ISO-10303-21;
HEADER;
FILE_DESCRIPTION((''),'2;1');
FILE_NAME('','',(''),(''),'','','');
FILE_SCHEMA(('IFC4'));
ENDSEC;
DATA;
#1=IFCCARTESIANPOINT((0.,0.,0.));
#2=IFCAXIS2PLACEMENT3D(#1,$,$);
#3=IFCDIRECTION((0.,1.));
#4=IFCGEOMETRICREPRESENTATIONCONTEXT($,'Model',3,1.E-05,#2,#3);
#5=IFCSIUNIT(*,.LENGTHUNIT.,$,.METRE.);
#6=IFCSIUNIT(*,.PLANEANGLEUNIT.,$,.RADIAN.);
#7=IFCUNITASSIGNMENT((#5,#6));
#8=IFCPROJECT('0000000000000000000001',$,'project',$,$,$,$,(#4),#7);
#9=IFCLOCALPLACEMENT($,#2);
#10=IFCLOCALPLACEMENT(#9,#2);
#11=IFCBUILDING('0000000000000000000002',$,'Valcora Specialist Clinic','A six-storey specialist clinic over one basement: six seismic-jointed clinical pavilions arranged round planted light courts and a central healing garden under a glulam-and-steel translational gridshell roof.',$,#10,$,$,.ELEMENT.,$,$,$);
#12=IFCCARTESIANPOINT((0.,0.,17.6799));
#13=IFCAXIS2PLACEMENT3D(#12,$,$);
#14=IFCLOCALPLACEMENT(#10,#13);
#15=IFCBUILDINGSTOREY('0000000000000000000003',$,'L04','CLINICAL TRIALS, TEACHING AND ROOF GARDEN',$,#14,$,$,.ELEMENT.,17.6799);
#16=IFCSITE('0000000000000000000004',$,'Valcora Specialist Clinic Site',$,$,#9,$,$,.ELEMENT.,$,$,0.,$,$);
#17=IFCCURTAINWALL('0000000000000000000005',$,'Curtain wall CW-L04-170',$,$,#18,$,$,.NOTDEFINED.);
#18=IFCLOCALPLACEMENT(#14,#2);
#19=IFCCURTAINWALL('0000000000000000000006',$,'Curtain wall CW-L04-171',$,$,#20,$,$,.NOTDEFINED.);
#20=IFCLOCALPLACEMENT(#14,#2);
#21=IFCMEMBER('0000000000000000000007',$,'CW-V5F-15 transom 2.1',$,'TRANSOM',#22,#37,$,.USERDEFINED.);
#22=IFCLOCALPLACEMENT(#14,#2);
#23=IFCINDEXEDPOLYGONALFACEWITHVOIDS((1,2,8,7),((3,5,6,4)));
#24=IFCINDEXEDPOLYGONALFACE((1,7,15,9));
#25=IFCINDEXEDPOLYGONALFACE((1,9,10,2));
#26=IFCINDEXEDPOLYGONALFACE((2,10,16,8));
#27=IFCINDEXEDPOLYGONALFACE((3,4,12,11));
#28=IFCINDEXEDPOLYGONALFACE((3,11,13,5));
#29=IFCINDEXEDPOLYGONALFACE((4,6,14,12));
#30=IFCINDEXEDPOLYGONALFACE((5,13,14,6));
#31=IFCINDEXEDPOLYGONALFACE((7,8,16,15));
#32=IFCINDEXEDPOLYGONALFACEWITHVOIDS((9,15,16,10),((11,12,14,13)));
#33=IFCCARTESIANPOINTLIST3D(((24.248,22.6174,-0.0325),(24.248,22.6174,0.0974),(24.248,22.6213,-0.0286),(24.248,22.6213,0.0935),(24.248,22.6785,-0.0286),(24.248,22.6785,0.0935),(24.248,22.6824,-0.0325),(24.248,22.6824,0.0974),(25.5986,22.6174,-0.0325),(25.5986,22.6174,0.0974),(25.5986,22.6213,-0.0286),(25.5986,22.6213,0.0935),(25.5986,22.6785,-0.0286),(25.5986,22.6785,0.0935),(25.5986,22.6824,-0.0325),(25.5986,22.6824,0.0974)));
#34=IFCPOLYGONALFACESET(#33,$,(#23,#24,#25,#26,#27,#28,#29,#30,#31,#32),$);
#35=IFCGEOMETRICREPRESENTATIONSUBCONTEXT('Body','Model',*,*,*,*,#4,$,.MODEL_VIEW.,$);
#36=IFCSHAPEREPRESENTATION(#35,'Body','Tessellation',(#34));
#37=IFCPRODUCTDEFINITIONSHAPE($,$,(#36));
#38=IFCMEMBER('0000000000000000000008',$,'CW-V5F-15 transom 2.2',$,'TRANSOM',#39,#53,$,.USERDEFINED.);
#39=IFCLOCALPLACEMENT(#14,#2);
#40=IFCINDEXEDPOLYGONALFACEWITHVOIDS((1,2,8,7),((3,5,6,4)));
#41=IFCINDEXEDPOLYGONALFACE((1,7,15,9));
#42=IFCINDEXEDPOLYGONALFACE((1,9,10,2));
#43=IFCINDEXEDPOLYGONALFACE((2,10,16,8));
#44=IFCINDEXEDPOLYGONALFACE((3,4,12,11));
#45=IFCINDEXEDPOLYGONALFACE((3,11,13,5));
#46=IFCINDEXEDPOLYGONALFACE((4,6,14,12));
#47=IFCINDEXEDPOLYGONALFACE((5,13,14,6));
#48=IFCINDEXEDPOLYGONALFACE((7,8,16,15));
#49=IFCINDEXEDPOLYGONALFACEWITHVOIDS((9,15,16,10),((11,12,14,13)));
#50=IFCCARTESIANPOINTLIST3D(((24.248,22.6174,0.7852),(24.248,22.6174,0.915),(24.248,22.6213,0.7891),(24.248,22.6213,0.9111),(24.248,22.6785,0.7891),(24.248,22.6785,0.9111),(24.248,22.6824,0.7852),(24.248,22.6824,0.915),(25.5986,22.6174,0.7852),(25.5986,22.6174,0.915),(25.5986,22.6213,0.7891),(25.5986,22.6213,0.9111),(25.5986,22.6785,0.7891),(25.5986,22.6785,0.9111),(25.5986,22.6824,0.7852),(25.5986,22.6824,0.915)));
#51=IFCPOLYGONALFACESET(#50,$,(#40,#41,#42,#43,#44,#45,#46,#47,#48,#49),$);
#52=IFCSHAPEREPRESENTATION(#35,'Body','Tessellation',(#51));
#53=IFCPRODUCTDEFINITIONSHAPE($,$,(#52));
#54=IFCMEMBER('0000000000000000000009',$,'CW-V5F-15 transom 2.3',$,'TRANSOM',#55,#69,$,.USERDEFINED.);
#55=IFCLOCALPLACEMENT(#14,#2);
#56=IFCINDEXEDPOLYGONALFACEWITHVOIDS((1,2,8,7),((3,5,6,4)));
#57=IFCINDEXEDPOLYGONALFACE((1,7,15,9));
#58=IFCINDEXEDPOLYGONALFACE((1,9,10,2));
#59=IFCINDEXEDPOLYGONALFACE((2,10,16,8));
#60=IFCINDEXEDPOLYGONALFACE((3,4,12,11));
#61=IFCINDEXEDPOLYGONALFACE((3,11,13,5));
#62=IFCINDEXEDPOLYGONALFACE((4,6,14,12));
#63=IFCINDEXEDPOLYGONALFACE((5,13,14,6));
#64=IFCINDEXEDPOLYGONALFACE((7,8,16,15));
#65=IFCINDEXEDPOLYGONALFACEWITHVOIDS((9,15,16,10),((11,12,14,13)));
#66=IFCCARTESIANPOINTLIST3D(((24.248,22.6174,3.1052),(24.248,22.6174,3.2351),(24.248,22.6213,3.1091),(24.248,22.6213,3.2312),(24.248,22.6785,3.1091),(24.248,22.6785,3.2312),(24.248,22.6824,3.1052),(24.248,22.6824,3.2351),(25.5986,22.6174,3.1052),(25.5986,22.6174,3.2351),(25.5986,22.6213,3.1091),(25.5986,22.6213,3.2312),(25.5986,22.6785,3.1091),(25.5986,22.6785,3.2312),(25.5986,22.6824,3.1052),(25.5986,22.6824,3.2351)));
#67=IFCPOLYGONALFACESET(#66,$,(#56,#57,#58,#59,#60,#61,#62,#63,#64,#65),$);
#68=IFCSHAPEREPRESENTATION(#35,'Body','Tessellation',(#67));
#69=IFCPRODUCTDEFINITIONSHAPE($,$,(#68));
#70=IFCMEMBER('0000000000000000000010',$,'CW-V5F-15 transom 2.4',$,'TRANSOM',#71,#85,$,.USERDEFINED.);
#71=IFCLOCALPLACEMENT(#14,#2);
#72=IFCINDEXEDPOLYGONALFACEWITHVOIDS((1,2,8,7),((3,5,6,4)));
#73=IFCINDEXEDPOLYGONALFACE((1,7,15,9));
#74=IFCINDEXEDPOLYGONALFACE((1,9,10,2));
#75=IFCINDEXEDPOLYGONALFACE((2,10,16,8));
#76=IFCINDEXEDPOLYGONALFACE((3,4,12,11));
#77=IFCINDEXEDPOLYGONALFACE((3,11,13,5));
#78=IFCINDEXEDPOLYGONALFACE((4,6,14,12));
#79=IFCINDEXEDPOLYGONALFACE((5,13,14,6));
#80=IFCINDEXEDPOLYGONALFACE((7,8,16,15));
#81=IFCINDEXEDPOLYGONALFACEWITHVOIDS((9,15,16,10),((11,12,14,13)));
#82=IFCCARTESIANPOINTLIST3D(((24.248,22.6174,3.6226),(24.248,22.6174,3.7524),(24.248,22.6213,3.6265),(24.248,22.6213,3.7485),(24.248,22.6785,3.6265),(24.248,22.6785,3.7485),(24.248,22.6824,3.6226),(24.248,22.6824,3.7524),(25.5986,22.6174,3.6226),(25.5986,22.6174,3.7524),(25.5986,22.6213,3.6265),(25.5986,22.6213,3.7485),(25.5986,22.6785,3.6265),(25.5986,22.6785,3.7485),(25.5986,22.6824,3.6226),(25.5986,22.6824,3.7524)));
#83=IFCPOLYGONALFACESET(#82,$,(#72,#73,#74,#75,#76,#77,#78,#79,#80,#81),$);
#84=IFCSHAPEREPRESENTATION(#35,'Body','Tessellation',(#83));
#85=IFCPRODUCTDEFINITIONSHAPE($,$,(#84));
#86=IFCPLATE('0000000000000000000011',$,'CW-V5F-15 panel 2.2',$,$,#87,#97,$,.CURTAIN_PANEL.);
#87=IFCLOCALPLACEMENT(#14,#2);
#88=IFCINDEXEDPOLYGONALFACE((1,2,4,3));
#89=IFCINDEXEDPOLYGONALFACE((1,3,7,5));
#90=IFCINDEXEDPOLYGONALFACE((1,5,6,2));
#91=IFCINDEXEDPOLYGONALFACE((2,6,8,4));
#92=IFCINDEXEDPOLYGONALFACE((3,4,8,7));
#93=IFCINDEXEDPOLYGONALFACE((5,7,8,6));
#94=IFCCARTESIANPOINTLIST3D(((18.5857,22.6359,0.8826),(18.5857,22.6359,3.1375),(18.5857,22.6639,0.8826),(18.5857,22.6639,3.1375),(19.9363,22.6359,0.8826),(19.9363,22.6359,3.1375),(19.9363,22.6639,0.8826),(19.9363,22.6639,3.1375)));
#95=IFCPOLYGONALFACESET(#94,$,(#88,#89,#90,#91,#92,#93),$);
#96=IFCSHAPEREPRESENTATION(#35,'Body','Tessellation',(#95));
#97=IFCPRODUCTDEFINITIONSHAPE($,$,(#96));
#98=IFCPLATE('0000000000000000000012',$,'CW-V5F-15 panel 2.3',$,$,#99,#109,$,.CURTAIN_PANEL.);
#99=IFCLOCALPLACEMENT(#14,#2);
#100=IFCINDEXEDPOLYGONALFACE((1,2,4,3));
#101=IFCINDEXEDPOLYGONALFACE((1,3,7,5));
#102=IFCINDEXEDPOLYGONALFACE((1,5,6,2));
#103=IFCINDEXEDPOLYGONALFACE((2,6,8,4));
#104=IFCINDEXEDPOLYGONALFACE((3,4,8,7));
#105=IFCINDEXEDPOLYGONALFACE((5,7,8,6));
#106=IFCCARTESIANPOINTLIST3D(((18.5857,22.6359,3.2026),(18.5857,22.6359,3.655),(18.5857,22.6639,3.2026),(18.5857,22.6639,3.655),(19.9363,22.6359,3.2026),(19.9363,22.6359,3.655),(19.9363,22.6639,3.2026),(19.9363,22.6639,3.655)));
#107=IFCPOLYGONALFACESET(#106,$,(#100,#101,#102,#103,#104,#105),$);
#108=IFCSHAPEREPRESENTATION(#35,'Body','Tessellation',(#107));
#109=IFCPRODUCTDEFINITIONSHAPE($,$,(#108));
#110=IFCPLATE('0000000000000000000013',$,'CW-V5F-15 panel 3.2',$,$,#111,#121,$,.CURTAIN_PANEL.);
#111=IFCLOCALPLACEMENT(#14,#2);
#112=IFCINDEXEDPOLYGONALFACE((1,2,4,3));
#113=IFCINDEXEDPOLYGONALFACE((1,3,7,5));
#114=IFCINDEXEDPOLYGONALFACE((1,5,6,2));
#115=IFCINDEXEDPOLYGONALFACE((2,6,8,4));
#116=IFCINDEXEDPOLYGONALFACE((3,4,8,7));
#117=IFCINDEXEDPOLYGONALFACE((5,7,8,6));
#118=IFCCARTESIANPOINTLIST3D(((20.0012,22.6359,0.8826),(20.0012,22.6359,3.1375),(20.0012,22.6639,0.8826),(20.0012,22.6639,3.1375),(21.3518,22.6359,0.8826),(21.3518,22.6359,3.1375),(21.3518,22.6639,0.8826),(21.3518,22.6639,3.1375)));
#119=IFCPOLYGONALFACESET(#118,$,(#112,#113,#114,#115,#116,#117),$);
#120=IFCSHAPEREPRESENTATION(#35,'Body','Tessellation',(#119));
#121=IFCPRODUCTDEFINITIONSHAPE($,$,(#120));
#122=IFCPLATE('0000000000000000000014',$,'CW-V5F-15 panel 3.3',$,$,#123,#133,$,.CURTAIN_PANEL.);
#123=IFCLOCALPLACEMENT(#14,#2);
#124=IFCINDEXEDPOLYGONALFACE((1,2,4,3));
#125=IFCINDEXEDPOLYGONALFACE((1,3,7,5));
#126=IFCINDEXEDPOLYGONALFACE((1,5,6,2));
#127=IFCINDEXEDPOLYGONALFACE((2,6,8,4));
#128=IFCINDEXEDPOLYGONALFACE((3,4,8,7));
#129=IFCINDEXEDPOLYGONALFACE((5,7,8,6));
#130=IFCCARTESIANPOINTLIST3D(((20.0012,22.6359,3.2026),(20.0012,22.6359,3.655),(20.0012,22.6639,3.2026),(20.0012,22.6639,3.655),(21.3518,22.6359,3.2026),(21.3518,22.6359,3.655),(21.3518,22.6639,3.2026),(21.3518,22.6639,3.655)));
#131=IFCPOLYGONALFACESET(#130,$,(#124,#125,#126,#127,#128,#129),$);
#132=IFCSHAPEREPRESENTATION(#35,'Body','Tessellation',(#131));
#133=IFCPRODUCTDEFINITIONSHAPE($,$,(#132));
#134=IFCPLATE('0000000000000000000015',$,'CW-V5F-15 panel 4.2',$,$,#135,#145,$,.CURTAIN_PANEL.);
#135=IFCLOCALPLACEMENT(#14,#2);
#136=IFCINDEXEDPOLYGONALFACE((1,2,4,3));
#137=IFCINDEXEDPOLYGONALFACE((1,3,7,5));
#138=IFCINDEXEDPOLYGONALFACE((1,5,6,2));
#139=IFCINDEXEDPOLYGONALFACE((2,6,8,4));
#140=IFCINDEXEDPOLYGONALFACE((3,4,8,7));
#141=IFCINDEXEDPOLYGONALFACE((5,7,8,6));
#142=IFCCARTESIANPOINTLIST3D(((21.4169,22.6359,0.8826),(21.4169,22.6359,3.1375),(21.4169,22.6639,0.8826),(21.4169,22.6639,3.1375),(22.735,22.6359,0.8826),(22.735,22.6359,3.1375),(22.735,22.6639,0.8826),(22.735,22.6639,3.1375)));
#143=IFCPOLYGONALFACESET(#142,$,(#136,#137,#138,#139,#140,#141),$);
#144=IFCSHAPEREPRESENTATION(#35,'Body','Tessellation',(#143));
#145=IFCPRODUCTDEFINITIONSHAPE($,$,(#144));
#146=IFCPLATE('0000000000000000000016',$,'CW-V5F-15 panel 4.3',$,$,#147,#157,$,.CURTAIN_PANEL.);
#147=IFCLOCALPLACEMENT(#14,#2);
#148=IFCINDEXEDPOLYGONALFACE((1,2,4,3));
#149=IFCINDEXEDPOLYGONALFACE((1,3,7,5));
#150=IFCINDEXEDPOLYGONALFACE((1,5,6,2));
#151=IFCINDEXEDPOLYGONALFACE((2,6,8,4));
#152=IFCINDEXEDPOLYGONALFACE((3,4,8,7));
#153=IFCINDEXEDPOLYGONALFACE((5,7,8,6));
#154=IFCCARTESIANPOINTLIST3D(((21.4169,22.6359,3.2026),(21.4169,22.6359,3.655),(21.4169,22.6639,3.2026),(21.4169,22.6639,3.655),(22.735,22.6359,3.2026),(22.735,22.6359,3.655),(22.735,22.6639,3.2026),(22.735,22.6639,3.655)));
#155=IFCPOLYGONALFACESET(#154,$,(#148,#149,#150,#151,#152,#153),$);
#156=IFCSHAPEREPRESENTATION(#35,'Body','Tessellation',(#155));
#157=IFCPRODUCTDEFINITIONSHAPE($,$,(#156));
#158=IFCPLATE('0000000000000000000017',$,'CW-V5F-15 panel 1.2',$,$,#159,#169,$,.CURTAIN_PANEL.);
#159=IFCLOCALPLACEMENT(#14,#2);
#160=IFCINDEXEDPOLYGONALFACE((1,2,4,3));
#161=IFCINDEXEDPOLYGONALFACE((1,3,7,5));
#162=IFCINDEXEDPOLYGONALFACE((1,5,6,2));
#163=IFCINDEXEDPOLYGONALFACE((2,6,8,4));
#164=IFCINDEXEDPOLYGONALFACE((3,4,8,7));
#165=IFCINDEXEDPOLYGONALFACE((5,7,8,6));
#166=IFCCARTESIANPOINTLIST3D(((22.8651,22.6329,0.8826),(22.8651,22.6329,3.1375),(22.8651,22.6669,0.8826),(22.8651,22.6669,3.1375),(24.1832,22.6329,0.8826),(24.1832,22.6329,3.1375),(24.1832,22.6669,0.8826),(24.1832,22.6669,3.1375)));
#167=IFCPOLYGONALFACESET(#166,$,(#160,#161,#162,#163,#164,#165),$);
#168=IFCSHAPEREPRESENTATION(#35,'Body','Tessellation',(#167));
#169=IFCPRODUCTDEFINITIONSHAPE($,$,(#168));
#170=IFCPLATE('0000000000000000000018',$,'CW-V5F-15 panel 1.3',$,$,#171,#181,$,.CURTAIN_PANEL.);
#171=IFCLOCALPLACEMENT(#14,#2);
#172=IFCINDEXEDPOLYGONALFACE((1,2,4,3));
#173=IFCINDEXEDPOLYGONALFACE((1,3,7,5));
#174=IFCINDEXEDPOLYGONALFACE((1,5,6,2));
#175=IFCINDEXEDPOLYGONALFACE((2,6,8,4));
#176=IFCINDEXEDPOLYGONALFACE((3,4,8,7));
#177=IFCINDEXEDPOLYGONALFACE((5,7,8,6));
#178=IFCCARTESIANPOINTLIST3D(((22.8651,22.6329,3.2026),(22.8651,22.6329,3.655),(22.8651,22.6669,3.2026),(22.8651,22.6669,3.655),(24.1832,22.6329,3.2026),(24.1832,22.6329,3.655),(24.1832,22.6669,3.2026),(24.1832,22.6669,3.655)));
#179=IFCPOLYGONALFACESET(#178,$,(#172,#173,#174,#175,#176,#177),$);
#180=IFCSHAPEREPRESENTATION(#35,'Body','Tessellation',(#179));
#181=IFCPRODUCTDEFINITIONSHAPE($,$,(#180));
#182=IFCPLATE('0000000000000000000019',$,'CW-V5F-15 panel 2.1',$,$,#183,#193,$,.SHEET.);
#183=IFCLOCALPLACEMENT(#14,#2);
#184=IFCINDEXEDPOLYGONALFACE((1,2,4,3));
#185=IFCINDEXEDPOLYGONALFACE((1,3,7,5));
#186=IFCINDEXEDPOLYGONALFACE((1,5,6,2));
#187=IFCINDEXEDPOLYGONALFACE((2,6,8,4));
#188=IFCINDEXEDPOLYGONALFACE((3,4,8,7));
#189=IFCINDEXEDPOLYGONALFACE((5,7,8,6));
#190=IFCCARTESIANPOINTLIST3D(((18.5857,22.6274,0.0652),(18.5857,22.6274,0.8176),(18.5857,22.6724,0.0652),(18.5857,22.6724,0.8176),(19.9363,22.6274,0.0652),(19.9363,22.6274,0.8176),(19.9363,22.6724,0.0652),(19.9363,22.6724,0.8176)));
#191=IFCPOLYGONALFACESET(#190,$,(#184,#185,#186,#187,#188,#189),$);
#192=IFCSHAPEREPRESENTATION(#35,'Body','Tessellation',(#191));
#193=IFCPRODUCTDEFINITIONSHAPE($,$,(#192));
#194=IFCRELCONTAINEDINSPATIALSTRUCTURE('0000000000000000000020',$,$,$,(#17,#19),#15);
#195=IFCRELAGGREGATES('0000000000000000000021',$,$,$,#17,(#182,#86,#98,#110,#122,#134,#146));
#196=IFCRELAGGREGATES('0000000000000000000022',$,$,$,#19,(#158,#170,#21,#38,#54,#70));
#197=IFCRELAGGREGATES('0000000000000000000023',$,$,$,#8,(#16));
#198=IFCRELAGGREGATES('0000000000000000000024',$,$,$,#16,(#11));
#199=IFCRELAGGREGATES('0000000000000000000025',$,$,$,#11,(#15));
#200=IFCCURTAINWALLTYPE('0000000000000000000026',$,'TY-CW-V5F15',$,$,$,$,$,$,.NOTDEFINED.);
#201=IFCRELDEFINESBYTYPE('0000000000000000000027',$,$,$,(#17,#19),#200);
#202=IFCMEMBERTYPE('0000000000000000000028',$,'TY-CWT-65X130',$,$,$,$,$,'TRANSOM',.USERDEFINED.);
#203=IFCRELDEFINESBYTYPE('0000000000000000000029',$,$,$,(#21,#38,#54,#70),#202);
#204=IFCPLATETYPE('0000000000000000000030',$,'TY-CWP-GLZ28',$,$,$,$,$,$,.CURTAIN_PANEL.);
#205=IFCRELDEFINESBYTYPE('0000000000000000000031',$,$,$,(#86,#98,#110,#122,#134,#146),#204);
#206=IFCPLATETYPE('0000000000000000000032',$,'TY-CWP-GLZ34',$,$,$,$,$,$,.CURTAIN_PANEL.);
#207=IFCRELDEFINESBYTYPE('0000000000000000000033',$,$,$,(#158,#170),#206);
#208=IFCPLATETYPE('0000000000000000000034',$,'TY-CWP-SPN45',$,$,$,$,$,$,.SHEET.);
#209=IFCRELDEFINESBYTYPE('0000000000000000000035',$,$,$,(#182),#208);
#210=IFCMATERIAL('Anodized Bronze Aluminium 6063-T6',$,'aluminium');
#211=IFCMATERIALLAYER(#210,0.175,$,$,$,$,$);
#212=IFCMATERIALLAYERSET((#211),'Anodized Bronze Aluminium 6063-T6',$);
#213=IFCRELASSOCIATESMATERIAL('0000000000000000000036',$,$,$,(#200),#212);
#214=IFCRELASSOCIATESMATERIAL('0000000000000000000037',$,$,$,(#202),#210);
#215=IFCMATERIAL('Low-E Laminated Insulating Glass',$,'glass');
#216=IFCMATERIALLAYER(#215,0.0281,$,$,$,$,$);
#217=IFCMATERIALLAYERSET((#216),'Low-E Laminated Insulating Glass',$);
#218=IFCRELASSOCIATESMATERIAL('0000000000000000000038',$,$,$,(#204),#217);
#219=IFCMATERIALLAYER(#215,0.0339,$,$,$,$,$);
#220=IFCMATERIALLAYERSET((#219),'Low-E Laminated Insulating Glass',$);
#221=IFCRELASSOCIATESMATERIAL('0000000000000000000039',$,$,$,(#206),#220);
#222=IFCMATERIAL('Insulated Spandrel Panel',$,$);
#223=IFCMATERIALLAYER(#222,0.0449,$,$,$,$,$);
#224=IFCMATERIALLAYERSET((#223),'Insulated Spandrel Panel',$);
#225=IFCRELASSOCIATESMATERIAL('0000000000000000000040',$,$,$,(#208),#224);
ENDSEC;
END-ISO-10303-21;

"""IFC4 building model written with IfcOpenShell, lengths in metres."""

from ifc_helpers import new_model, si_unit, direction, frame, origin, origin_2d, place, context, subcontext, project, spatial, rectangle, hollow_rectangle, extrude, material, layer, layer_set, material_profile, profile_set, type_object, element, aggregate, save


model = new_model("IFC4")

# Units and contexts
model_context = context("Model", 3, precision=1e-05, world=origin(), true_north=direction((0.0, 1.0)))
body_context = subcontext(model_context, "Body", "Model", "MODEL_VIEW")
ifc_project = project(units=[si_unit("LENGTHUNIT", "METRE"), si_unit("PLANEANGLEUNIT", "RADIAN")], contexts=[model_context])

# Site, building, storey
site_placement = place(None, origin())
site = spatial("IfcSite", under=ifc_project, at=site_placement, Name="Valcora Specialist Clinic Site", CompositionType="ELEMENT", RefElevation=0.0)
building_placement = place(site_placement, origin())
building = spatial("IfcBuilding", under=site, at=building_placement, Name="Valcora Specialist Clinic", Description="A six-storey specialist clinic over one basement: six seismic-jointed clinical pavilions arranged round planted light courts and a central healing garden under a glulam-and-steel translational gridshell roof.", CompositionType="ELEMENT")
storey_placement = place(building_placement, frame((0.0, 0.0, 17.6799)))
storey = spatial("IfcBuildingStorey", under=building, at=storey_placement, Name="L04", Description="CLINICAL TRIALS, TEACHING AND ROOF GARDEN", CompositionType="ELEMENT", Elevation=17.6799)

# Curtain walls
ifc_material_1 = material(Name="Anodized Bronze Aluminium 6063-T6", Category="aluminium")
ifc_layer_1 = layer(ifc_material_1, 0.175)
ifc_layer_set_1 = layer_set([ifc_layer_1], Name="Anodized Bronze Aluminium 6063-T6")
curtain_wall_type = type_object("IfcCurtainWallType", Name="TY-CW-V5F15", PredefinedType="NOTDEFINED", material=ifc_layer_set_1)
curtain_wall_1_placement = place(storey_placement, origin())
curtain_wall_1 = element("IfcCurtainWall", 1, at=curtain_wall_1_placement, inside=storey, type_object=curtain_wall_type, Name="Curtain wall CW-L04-170", PredefinedType="NOTDEFINED")
curtain_wall_2_placement = place(storey_placement, origin())
curtain_wall_2 = element("IfcCurtainWall", 2, at=curtain_wall_2_placement, inside=storey, type_object=curtain_wall_type, Name="Curtain wall CW-L04-171", PredefinedType="NOTDEFINED")

# Members
ifc_material_profile_1 = material_profile(ifc_material_1, hollow_rectangle(XDim=0.0649, YDim=0.1299, WallThickness=0.0039, at=origin_2d()), Name="AL-TRN-65X130")
ifc_profile_set_1 = profile_set([ifc_material_profile_1], Name="Anodized Bronze Aluminium 6063-T6")
member_type_1 = type_object("IfcMemberType", Name="TY-CWT-65X130", ElementType="TRANSOM", PredefinedType="USERDEFINED", material=ifc_profile_set_1)
member_1_placement = place(storey_placement, frame((24.248, 22.6499, 0.0325), z_axis=(1.0, 0.0, 0.0), x_axis=(0.0, 1.0, 0.0)))
member_1 = element("IfcMember", 3, at=member_1_placement, type_object=member_type_1, Name="CW-V5F-15 transom 2.1", ObjectType="TRANSOM", PredefinedType="USERDEFINED", context=body_context, shape_type="SweptSolid", body=[
    extrude(hollow_rectangle(XDim=0.0649, YDim=0.1299, WallThickness=0.0039, at=origin_2d()), origin(), (0.0, 0.0, 1.0), 1.3506),
])
member_2_placement = place(storey_placement, frame((24.248, 22.6499, 0.8501), z_axis=(1.0, 0.0, 0.0), x_axis=(0.0, 1.0, 0.0)))
member_2 = element("IfcMember", 4, at=member_2_placement, type_object=member_type_1, Name="CW-V5F-15 transom 2.2", ObjectType="TRANSOM", PredefinedType="USERDEFINED", context=body_context, shape_type="SweptSolid", body=[
    extrude(hollow_rectangle(XDim=0.0649, YDim=0.1299, WallThickness=0.0039, at=origin_2d()), origin(), (0.0, 0.0, 1.0), 1.3506),
])
member_3_placement = place(storey_placement, frame((24.248, 22.6499, 3.1702), z_axis=(1.0, 0.0, 0.0), x_axis=(0.0, 1.0, 0.0)))
member_3 = element("IfcMember", 5, at=member_3_placement, type_object=member_type_1, Name="CW-V5F-15 transom 2.3", ObjectType="TRANSOM", PredefinedType="USERDEFINED", context=body_context, shape_type="SweptSolid", body=[
    extrude(hollow_rectangle(XDim=0.0649, YDim=0.1299, WallThickness=0.0039, at=origin_2d()), origin(), (0.0, 0.0, 1.0), 1.3506),
])
member_4_placement = place(storey_placement, frame((24.248, 22.6499, 3.6875), z_axis=(1.0, 0.0, 0.0), x_axis=(0.0, 1.0, 0.0)))
member_4 = element("IfcMember", 6, at=member_4_placement, type_object=member_type_1, Name="CW-V5F-15 transom 2.4", ObjectType="TRANSOM", PredefinedType="USERDEFINED", context=body_context, shape_type="SweptSolid", body=[
    extrude(hollow_rectangle(XDim=0.0649, YDim=0.1299, WallThickness=0.0039, at=origin_2d()), origin(), (0.0, 0.0, 1.0), 1.3506),
])

# Plates
ifc_material_2 = material(Name="Low-E Laminated Insulating Glass", Category="glass")
ifc_layer_2 = layer(ifc_material_2, 0.0281)
ifc_layer_set_2 = layer_set([ifc_layer_2], Name="Low-E Laminated Insulating Glass")
plate_type_1 = type_object("IfcPlateType", Name="TY-CWP-GLZ28", PredefinedType="CURTAIN_PANEL", material=ifc_layer_set_2)
plate_1_placement = place(storey_placement, frame((19.261, 22.6499, 0.8826), z_axis=(0.0, 0.0, 1.0), x_axis=(1.0, 0.0, 0.0)))
plate_1 = element("IfcPlate", 7, at=plate_1_placement, type_object=plate_type_1, Name="CW-V5F-15 panel 2.2", PredefinedType="CURTAIN_PANEL", context=body_context, shape_type="SweptSolid", body=[
    extrude(rectangle(XDim=1.3506, YDim=0.0281, at=origin_2d()), origin(), (0.0, 0.0, 1.0), 2.2549),
])
plate_2_placement = place(storey_placement, frame((19.261, 22.6499, 3.2026), z_axis=(0.0, 0.0, 1.0), x_axis=(1.0, 0.0, 0.0)))
plate_2 = element("IfcPlate", 8, at=plate_2_placement, type_object=plate_type_1, Name="CW-V5F-15 panel 2.3", PredefinedType="CURTAIN_PANEL", context=body_context, shape_type="SweptSolid", body=[
    extrude(rectangle(XDim=1.3506, YDim=0.0281, at=origin_2d()), origin(), (0.0, 0.0, 1.0), 0.4524),
])
plate_3_placement = place(storey_placement, frame((20.6765, 22.6499, 0.8826), z_axis=(0.0, 0.0, 1.0), x_axis=(1.0, 0.0, 0.0)))
plate_3 = element("IfcPlate", 9, at=plate_3_placement, type_object=plate_type_1, Name="CW-V5F-15 panel 3.2", PredefinedType="CURTAIN_PANEL", context=body_context, shape_type="SweptSolid", body=[
    extrude(rectangle(XDim=1.3506, YDim=0.0281, at=origin_2d()), origin(), (0.0, 0.0, 1.0), 2.2549),
])
plate_4_placement = place(storey_placement, frame((20.6765, 22.6499, 3.2026), z_axis=(0.0, 0.0, 1.0), x_axis=(1.0, 0.0, 0.0)))
plate_4 = element("IfcPlate", 10, at=plate_4_placement, type_object=plate_type_1, Name="CW-V5F-15 panel 3.3", PredefinedType="CURTAIN_PANEL", context=body_context, shape_type="SweptSolid", body=[
    extrude(rectangle(XDim=1.3506, YDim=0.0281, at=origin_2d()), origin(), (0.0, 0.0, 1.0), 0.4524),
])
plate_5_placement = place(storey_placement, frame((22.0759, 22.6499, 0.8826), z_axis=(0.0, 0.0, 1.0), x_axis=(1.0, 0.0, 0.0)))
plate_5 = element("IfcPlate", 11, at=plate_5_placement, type_object=plate_type_1, Name="CW-V5F-15 panel 4.2", PredefinedType="CURTAIN_PANEL", context=body_context, shape_type="SweptSolid", body=[
    extrude(rectangle(XDim=1.3181, YDim=0.0281, at=origin_2d()), origin(), (0.0, 0.0, 1.0), 2.2549),
])
plate_6_placement = place(storey_placement, frame((22.0759, 22.6499, 3.2026), z_axis=(0.0, 0.0, 1.0), x_axis=(1.0, 0.0, 0.0)))
plate_6 = element("IfcPlate", 12, at=plate_6_placement, type_object=plate_type_1, Name="CW-V5F-15 panel 4.3", PredefinedType="CURTAIN_PANEL", context=body_context, shape_type="SweptSolid", body=[
    extrude(rectangle(XDim=1.3181, YDim=0.0281, at=origin_2d()), origin(), (0.0, 0.0, 1.0), 0.4524),
])
ifc_layer_3 = layer(ifc_material_2, 0.0339)
ifc_layer_set_3 = layer_set([ifc_layer_3], Name="Low-E Laminated Insulating Glass")
plate_type_2 = type_object("IfcPlateType", Name="TY-CWP-GLZ34", PredefinedType="CURTAIN_PANEL", material=ifc_layer_set_3)
plate_7_placement = place(storey_placement, frame((23.5242, 22.6499, 0.8826), z_axis=(0.0, 0.0, 1.0), x_axis=(1.0, 0.0, 0.0)))
plate_7 = element("IfcPlate", 13, at=plate_7_placement, type_object=plate_type_2, Name="CW-V5F-15 panel 1.2", PredefinedType="CURTAIN_PANEL", context=body_context, shape_type="SweptSolid", body=[
    extrude(rectangle(XDim=1.3181, YDim=0.0339, at=origin_2d()), origin(), (0.0, 0.0, 1.0), 2.2549),
])
plate_8_placement = place(storey_placement, frame((23.5242, 22.6499, 3.2026), z_axis=(0.0, 0.0, 1.0), x_axis=(1.0, 0.0, 0.0)))
plate_8 = element("IfcPlate", 14, at=plate_8_placement, type_object=plate_type_2, Name="CW-V5F-15 panel 1.3", PredefinedType="CURTAIN_PANEL", context=body_context, shape_type="SweptSolid", body=[
    extrude(rectangle(XDim=1.3181, YDim=0.0339, at=origin_2d()), origin(), (0.0, 0.0, 1.0), 0.4524),
])
ifc_material_3 = material(Name="Insulated Spandrel Panel")
ifc_layer_4 = layer(ifc_material_3, 0.0449)
ifc_layer_set_4 = layer_set([ifc_layer_4], Name="Insulated Spandrel Panel")
plate_type_3 = type_object("IfcPlateType", Name="TY-CWP-SPN45", PredefinedType="SHEET", material=ifc_layer_set_4)
plate_9_placement = place(storey_placement, frame((19.261, 22.6499, 0.0652), z_axis=(0.0, 0.0, 1.0), x_axis=(1.0, 0.0, 0.0)))
plate_9 = element("IfcPlate", 15, at=plate_9_placement, type_object=plate_type_3, Name="CW-V5F-15 panel 2.1", PredefinedType="SHEET", context=body_context, shape_type="SweptSolid", body=[
    extrude(rectangle(XDim=1.3506, YDim=0.0449, at=origin_2d()), origin(), (0.0, 0.0, 1.0), 0.7524),
])
aggregate(curtain_wall_1, [plate_9, plate_1, plate_2, plate_3, plate_4, plate_5, plate_6])
aggregate(curtain_wall_2, [plate_7, plate_8, member_1, member_2, member_3, member_4])

save(model, "model.ifc")
